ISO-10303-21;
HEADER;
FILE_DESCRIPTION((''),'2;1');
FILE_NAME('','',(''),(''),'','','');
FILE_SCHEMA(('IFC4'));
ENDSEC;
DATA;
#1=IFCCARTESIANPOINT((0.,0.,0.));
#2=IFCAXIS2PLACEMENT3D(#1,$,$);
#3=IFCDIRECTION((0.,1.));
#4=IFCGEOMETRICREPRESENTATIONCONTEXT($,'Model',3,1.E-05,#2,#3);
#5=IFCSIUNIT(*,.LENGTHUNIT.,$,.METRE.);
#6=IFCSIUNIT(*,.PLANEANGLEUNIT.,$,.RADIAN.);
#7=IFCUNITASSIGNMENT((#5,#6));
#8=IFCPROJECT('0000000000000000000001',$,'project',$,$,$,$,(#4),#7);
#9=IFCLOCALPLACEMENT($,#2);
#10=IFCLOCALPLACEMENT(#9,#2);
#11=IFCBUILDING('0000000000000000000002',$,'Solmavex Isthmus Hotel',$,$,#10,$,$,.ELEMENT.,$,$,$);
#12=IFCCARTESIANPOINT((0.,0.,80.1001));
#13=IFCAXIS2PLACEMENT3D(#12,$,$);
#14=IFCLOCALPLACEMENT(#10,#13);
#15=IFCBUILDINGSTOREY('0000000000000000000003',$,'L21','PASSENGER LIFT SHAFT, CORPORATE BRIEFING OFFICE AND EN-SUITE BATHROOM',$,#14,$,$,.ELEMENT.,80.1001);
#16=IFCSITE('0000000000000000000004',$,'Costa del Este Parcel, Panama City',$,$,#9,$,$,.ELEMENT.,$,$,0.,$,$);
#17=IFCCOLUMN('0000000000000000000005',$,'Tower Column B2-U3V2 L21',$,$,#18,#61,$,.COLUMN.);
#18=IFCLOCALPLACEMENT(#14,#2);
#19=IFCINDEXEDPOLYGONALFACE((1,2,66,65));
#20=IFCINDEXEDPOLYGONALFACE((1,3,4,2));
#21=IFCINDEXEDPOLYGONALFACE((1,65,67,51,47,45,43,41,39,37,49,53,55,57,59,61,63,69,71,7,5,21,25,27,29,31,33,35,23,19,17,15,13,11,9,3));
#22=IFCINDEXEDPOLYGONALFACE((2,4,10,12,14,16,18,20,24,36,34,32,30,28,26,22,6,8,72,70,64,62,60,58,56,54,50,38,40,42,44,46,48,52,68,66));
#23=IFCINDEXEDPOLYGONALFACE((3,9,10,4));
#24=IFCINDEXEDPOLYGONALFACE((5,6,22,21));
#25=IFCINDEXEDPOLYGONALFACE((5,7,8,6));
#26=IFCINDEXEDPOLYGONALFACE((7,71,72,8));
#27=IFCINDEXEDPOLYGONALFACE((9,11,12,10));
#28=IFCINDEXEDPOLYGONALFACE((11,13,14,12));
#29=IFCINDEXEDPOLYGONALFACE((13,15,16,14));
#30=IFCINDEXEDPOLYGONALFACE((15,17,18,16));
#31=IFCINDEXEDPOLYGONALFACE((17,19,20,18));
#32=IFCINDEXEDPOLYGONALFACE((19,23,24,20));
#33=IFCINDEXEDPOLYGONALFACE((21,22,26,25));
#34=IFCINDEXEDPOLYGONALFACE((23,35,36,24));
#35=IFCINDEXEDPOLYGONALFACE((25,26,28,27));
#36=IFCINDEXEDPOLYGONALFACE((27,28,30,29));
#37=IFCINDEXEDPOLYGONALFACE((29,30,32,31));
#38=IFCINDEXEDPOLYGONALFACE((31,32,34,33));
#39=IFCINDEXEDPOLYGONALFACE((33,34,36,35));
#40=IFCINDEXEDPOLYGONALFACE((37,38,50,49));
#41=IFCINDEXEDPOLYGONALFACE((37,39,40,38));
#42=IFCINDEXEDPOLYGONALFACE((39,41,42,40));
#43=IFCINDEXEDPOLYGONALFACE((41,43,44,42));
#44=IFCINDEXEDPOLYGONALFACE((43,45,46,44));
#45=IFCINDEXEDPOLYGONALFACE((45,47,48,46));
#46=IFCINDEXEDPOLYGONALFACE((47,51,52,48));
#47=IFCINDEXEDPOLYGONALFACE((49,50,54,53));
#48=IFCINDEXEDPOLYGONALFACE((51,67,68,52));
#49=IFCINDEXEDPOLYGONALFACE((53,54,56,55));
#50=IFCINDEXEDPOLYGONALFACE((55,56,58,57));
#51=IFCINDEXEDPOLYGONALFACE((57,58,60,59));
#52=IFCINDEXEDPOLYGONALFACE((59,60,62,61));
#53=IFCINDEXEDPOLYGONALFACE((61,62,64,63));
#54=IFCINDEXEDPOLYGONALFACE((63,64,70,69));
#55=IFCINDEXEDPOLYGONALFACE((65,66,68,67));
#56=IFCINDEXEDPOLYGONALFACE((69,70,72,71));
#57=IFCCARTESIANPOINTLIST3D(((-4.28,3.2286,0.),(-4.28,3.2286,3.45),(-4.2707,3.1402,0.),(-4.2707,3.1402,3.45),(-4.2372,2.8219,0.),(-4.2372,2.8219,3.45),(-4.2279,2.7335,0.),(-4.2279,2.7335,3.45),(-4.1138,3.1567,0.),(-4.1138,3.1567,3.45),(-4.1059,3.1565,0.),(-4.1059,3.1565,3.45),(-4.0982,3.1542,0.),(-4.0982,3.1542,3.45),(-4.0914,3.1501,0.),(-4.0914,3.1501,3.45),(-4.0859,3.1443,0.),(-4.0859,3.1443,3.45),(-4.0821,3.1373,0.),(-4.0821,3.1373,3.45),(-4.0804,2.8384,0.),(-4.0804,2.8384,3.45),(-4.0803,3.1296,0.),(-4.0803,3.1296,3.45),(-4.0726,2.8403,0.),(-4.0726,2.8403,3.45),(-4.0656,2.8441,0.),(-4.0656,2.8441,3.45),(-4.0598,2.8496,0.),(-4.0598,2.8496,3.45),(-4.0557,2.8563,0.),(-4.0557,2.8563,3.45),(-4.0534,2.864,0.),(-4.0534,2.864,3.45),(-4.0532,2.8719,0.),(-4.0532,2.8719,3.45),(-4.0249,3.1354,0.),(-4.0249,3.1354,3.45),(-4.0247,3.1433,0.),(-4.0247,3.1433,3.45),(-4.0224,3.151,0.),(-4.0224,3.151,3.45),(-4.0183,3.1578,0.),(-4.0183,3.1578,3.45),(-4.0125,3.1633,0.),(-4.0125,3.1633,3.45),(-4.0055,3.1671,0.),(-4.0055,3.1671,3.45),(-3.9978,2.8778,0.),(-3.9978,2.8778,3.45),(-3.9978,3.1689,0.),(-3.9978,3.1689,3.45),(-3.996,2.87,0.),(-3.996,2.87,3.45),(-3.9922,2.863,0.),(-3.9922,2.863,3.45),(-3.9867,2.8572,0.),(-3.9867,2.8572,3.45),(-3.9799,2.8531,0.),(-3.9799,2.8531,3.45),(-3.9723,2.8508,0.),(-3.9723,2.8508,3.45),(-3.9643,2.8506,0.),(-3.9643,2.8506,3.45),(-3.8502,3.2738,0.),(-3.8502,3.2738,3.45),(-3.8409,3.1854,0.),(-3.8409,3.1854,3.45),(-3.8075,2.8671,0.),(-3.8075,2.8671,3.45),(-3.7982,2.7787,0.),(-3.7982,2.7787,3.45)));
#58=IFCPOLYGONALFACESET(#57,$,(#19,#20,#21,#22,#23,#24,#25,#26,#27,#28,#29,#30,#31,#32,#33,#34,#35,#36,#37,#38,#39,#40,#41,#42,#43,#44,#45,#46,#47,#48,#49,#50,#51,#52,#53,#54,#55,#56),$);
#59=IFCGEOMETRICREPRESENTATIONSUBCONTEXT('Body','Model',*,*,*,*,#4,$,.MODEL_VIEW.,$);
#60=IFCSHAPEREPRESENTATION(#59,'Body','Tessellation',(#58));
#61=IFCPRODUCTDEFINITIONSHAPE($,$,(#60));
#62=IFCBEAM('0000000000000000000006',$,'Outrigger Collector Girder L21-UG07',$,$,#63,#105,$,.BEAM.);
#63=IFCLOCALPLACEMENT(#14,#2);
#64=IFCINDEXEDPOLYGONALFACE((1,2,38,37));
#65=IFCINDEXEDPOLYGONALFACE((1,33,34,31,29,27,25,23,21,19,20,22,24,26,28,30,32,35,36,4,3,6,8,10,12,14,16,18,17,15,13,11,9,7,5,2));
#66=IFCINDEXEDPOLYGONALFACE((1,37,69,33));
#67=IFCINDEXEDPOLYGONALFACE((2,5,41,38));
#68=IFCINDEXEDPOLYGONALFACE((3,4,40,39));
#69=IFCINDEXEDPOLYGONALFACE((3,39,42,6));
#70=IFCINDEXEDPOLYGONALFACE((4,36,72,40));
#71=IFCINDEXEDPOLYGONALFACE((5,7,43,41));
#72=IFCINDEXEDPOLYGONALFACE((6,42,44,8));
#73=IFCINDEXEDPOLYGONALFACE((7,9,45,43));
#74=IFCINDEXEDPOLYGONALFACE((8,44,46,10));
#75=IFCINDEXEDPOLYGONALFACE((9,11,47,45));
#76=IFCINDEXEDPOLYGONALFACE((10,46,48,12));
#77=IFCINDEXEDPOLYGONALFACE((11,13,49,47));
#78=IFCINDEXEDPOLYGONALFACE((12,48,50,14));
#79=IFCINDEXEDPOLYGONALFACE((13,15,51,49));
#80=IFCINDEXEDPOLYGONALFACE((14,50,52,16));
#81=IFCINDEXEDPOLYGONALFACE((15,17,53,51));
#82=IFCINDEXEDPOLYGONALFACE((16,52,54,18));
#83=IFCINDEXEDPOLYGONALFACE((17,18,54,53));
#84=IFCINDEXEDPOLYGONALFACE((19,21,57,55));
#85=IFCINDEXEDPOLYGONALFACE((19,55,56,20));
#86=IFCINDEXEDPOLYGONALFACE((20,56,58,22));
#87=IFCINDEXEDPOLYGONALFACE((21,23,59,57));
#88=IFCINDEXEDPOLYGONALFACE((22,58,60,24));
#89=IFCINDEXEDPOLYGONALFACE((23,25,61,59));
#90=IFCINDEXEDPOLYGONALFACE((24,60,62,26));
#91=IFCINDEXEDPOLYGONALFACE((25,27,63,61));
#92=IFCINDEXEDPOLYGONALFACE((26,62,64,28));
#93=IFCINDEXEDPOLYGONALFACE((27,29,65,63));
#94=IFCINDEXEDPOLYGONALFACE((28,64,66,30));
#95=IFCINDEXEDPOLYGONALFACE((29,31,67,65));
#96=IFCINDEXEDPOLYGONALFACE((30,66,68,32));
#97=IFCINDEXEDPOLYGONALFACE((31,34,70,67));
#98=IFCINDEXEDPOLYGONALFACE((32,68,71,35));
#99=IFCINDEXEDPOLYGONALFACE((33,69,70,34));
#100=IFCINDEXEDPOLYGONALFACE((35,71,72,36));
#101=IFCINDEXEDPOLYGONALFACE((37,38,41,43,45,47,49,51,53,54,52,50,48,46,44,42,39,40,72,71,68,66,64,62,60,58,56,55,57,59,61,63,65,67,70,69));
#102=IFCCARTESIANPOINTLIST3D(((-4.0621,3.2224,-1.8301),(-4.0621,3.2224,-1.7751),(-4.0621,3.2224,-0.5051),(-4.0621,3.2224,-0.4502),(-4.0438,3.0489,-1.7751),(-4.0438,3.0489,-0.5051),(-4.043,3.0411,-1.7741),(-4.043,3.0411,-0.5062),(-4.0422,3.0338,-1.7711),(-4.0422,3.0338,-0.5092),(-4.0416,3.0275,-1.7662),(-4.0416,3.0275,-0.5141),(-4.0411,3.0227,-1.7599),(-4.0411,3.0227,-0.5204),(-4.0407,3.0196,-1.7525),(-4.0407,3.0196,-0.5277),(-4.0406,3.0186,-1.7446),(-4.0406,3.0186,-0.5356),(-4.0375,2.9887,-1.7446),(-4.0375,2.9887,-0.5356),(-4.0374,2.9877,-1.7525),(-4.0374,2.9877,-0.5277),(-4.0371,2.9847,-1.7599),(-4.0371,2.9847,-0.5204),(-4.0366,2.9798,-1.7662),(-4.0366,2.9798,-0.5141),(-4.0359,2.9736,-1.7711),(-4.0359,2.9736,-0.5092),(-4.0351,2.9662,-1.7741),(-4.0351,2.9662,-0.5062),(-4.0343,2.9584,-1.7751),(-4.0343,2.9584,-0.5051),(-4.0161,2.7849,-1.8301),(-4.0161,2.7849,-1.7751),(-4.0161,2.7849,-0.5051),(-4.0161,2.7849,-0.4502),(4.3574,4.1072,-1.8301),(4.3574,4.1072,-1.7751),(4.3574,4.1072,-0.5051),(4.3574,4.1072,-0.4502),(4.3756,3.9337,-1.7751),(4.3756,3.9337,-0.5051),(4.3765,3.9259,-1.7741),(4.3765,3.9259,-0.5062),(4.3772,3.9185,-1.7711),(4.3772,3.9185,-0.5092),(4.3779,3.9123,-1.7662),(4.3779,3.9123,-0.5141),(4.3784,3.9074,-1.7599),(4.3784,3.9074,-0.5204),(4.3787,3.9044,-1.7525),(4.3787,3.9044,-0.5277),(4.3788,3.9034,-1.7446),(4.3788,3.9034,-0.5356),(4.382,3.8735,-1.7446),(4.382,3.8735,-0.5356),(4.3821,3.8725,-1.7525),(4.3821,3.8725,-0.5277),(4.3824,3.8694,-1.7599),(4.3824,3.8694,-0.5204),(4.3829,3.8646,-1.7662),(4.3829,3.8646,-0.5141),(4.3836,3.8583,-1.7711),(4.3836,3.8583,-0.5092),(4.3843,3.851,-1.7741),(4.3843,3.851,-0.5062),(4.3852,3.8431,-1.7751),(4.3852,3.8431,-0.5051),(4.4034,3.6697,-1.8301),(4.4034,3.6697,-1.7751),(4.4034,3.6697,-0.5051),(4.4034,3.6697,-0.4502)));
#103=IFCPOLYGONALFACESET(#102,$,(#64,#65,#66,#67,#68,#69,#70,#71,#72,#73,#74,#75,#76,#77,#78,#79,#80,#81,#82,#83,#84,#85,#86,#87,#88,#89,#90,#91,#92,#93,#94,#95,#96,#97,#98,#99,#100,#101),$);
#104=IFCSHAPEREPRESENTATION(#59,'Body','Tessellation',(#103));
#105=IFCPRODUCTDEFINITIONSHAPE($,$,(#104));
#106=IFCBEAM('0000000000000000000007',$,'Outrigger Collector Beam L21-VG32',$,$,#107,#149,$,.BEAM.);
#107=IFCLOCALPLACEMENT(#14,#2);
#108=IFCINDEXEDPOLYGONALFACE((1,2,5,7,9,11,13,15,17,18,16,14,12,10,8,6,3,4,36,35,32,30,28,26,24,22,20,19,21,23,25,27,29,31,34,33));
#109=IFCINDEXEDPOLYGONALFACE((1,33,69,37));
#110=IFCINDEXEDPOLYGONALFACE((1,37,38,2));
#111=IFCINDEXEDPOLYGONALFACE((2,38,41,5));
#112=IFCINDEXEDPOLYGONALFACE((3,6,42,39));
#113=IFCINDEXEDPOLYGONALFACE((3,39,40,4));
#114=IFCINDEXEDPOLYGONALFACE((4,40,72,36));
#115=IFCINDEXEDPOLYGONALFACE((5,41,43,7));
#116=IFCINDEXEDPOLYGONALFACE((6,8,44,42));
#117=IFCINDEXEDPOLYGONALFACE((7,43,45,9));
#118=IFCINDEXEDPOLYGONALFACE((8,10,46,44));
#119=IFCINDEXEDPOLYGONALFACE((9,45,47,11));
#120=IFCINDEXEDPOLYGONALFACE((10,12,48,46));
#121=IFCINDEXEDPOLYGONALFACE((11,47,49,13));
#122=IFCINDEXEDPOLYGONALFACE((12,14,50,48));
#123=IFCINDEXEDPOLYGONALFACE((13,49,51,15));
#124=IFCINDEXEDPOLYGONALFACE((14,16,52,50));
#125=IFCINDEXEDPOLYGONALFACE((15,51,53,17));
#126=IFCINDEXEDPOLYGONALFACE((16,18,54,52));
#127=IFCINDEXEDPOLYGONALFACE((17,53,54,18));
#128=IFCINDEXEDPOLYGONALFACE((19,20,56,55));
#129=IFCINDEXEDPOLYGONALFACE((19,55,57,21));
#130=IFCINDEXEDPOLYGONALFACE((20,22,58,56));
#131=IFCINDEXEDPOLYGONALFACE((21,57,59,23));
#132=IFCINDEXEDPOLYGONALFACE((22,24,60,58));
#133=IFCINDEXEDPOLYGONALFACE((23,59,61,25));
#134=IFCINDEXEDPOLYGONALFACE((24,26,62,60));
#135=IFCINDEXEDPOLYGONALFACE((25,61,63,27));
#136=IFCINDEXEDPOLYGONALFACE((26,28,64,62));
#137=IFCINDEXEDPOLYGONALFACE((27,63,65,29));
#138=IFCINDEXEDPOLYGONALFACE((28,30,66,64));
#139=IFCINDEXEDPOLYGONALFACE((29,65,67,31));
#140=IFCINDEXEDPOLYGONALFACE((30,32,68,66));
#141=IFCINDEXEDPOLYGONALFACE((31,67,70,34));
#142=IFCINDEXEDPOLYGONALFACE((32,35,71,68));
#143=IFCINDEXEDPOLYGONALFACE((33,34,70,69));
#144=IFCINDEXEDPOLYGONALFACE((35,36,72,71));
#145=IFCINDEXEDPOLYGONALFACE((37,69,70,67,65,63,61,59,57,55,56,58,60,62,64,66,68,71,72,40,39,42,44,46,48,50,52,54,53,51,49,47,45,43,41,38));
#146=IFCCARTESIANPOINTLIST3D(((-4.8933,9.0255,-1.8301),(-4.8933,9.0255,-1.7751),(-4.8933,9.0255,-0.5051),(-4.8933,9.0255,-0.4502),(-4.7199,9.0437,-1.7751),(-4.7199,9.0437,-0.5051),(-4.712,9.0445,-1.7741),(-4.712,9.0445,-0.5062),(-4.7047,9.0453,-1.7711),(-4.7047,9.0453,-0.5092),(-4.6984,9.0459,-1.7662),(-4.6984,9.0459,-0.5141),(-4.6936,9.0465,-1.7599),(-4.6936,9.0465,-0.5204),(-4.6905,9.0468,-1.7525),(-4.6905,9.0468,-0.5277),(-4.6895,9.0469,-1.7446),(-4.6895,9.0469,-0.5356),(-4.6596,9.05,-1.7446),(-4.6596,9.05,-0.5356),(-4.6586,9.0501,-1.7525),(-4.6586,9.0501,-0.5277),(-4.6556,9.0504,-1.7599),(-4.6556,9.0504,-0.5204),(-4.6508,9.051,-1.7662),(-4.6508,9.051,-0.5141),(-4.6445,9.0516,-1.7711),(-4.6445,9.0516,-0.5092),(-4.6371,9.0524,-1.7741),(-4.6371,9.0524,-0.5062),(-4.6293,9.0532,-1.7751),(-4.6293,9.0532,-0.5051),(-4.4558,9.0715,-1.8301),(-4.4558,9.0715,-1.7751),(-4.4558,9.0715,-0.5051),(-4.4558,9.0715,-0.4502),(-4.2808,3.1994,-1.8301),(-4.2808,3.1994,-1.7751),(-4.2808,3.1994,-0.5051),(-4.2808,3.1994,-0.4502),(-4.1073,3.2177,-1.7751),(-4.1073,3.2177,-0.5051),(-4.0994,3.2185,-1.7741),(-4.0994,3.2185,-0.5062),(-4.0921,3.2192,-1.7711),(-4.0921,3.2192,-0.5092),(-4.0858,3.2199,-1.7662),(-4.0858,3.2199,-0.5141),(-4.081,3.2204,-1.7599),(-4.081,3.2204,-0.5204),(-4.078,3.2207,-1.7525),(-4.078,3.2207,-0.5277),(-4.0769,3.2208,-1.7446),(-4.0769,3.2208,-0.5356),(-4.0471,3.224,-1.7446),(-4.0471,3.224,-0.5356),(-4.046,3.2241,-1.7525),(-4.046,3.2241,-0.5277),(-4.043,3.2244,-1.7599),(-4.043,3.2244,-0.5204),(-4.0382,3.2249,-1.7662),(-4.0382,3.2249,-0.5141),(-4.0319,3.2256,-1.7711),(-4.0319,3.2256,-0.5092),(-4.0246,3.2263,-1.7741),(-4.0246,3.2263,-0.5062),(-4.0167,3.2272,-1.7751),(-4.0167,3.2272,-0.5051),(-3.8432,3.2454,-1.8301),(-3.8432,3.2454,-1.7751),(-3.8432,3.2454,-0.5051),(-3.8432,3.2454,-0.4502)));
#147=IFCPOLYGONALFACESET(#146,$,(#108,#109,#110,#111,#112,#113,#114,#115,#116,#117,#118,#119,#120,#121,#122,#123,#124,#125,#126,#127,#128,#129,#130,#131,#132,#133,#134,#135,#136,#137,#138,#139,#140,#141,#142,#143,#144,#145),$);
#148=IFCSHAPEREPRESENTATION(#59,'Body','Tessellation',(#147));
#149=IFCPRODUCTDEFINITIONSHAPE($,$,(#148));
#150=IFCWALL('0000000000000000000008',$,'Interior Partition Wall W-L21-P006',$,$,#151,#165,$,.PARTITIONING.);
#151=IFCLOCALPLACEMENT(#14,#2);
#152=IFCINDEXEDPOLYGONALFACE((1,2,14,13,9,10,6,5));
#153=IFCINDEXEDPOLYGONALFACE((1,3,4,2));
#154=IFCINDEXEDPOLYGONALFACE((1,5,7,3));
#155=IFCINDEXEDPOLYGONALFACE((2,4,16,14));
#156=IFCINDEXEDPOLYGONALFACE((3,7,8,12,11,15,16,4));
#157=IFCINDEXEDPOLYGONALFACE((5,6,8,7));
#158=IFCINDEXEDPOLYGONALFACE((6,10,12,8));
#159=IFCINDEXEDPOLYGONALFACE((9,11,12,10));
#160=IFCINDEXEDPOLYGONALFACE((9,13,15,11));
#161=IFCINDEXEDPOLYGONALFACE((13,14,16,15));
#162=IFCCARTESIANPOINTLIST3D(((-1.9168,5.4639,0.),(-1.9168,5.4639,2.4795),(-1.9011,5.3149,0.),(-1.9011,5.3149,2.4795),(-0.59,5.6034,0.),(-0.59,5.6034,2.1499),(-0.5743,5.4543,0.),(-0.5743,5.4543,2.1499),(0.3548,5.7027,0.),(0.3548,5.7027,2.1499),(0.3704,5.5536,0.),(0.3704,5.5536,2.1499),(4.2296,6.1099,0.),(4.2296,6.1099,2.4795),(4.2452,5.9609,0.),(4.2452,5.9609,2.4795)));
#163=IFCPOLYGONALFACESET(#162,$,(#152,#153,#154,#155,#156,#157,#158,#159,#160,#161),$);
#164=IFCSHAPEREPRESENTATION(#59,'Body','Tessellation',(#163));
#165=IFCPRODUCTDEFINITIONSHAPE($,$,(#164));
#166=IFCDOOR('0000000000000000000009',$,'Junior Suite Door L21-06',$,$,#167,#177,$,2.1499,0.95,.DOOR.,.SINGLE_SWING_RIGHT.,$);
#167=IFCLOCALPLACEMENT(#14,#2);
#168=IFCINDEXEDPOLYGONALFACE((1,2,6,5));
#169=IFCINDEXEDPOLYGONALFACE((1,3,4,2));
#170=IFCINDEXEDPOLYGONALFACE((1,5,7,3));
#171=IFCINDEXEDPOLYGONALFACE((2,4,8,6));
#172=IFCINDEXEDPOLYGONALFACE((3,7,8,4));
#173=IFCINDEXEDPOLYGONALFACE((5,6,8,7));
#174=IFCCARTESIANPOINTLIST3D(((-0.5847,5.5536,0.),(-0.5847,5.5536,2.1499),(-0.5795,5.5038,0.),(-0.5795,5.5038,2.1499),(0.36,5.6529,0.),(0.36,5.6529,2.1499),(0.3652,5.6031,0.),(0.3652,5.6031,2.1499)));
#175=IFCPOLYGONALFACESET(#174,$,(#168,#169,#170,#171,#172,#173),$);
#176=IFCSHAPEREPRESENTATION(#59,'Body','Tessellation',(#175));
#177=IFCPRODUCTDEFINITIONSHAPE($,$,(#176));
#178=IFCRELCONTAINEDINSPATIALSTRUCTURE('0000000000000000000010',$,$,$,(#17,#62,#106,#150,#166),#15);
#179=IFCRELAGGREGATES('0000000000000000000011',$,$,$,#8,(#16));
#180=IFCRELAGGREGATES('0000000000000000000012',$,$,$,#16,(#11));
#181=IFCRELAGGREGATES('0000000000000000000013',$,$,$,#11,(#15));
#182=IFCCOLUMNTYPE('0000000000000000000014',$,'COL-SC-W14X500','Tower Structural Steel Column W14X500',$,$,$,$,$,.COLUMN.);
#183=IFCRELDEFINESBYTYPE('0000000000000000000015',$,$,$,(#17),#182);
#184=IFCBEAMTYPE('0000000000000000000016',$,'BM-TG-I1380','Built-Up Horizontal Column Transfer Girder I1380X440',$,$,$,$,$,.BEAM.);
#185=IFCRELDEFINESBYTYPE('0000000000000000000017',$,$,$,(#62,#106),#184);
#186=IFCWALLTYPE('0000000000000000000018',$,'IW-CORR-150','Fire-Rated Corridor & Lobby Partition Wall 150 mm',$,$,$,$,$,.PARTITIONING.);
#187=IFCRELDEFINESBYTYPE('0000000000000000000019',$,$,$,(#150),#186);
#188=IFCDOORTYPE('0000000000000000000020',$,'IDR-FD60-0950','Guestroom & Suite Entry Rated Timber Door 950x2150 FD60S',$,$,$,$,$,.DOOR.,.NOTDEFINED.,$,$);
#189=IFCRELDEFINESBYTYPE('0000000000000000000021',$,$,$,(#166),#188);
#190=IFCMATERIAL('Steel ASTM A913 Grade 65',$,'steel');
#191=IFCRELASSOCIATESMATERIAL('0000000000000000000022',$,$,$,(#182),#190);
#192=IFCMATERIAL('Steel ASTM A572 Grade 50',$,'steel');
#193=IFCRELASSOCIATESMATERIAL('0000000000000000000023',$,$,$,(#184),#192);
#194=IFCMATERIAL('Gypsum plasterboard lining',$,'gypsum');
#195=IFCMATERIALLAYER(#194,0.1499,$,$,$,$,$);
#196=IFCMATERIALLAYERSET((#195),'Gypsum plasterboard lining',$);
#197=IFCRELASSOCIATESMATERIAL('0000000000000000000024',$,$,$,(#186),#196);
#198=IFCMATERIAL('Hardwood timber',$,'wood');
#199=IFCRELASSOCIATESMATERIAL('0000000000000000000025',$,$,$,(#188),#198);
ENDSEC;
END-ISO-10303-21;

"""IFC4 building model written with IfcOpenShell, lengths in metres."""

from ifc_helpers import new_model, si_unit, direction, frame, frame_2d, origin, origin_2d, place, context, subcontext, project, spatial, rectangle, i_section, extrude, material, layer, layer_set, material_profile, profile_set, type_object, element, fill, save


model = new_model("IFC4")

# Units and contexts
model_context = context("Model", 3, precision=1e-05, world=origin(), true_north=direction((0.0, 1.0)))
body_context = subcontext(model_context, "Body", "Model", "MODEL_VIEW")
ifc_project = project(units=[si_unit("LENGTHUNIT", "METRE"), si_unit("PLANEANGLEUNIT", "RADIAN")], contexts=[model_context])

# Site, building, storey
site_placement = place(None, origin())
site = spatial("IfcSite", under=ifc_project, at=site_placement, Name="Costa del Este Parcel, Panama City", CompositionType="ELEMENT", RefElevation=0.0)
building_placement = place(site_placement, origin())
building = spatial("IfcBuilding", under=site, at=building_placement, Name="Solmavex Isthmus Hotel", CompositionType="ELEMENT")
storey_placement = place(building_placement, frame((0.0, 0.0, 80.1001)))
storey = spatial("IfcBuildingStorey", under=building, at=storey_placement, Name="L21", Description="PASSENGER LIFT SHAFT, CORPORATE BRIEFING OFFICE AND EN-SUITE BATHROOM", CompositionType="ELEMENT", Elevation=80.1001)

# Column
ifc_material_1 = material(Name="Steel ASTM A913 Grade 65", Category="steel")
ifc_material_profile_1 = material_profile(ifc_material_1, i_section(OverallWidth=0.4321, OverallDepth=0.4978, WebThickness=0.0557, FlangeThickness=0.0889, FilletRadius=0.0305, at=origin_2d()), Name="W14X500")
ifc_profile_set_1 = profile_set([ifc_material_profile_1], Name="Steel ASTM A913 Grade 65")
column_type = type_object("IfcColumnType", Name="COL-SC-W14X500", Description="Tower Structural Steel Column W14X500", PredefinedType="COLUMN", material=ifc_profile_set_1)
column_placement = place(storey_placement, frame((-4.0391, 3.0037, 0.0), z_axis=(0.0, 0.0, 1.0), x_axis=(0.994522, 0.104528, 0.0)))
element("IfcColumn", 1, at=column_placement, inside=storey, type_object=column_type, Name="Tower Column B2-U3V2 L21", PredefinedType="COLUMN", context=body_context, shape_type="SweptSolid", body=[
    extrude(i_section(OverallWidth=0.4321, OverallDepth=0.4978, WebThickness=0.0557, FlangeThickness=0.0889, FilletRadius=0.0305, at=origin_2d()), origin(), (0.0, 0.0, 1.0), 3.45),
])

# Beams
ifc_material_2 = material(Name="Steel ASTM A572 Grade 50", Category="steel")
ifc_material_profile_2 = material_profile(ifc_material_2, i_section(OverallWidth=0.4399, OverallDepth=1.3799, WebThickness=0.03, FlangeThickness=0.0549, FilletRadius=0.0305, at=origin_2d()), Name="I1380X440")
ifc_profile_set_2 = profile_set([ifc_material_profile_2], Name="Steel ASTM A572 Grade 50")
beam_type = type_object("IfcBeamType", Name="BM-TG-I1380", Description="Built-Up Horizontal Column Transfer Girder I1380X440", PredefinedType="BEAM", material=ifc_profile_set_2)
beam_1_placement = place(storey_placement, frame((-4.0391, 3.0037, -1.1401), z_axis=(0.994524, 0.104511, 0.0), x_axis=(-0.104511, 0.994524, 0.0)))
element("IfcBeam", 2, at=beam_1_placement, inside=storey, type_object=beam_type, Name="Outrigger Collector Girder L21-UG07", PredefinedType="BEAM", context=body_context, shape_type="SweptSolid", body=[
    extrude(i_section(OverallWidth=0.4399, OverallDepth=1.3799, WebThickness=0.03, FlangeThickness=0.0549, FilletRadius=0.0305, at=origin_2d()), origin(), (0.0, 0.0, 1.0), 8.4658),
])
beam_2_placement = place(storey_placement, frame((-4.062, 3.2224, -1.1401), z_axis=(-0.104565, 0.994518, 0.0), x_axis=(-0.994518, -0.104565, 0.0)))
element("IfcBeam", 3, at=beam_2_placement, inside=storey, type_object=beam_type, Name="Outrigger Collector Beam L21-VG32", PredefinedType="BEAM", context=body_context, shape_type="SweptSolid", body=[
    extrude(i_section(OverallWidth=0.4399, OverallDepth=1.3799, WebThickness=0.03, FlangeThickness=0.0549, FilletRadius=0.0305, at=origin_2d()), origin(), (0.0, 0.0, 1.0), 5.8582),
])

# Wall, opening, door
ifc_material_3 = material(Name="Gypsum plasterboard lining", Category="gypsum")
ifc_layer_1 = layer(ifc_material_3, 0.1499)
ifc_layer_set_1 = layer_set([ifc_layer_1], Name="Gypsum plasterboard lining")
wall_type_1 = type_object("IfcWallType", Name="IW-CORR-150", Description="Fire-Rated Corridor & Lobby Partition Wall 150 mm", PredefinedType="PARTITIONING", material=ifc_layer_set_1)
wall_1_placement = place(storey_placement, frame((-1.9089, 5.3894, 0.0), z_axis=(0.0, 0.0, 1.0), x_axis=(0.994522, 0.104528, 0.0)))
wall_1 = element("IfcWall", 4, at=wall_1_placement, inside=storey, type_object=wall_type_1, Name="Interior Partition Wall W-L21-P006", PredefinedType="PARTITIONING", context=body_context, shape_type="SweptSolid", body=[
    extrude(rectangle(XDim=6.1802, YDim=0.1499, at=frame_2d((3.0901, 0.0))), origin(), (0.0, 0.0, 1.0), 2.4795),
])
opening_1_placement = place(wall_1_placement, frame((1.334, 0.0, 0.0)))
opening_1 = element("IfcOpeningElement", 5, at=opening_1_placement, cuts=wall_1, PredefinedType="OPENING", context=body_context, shape_type="SweptSolid", body=[
    extrude(rectangle(XDim=0.95, YDim=2.1499, at=frame_2d((0.4751, 1.075))), frame((0.0, 0.085, 0.0), z_axis=(0.0, -1.0, 0.0), x_axis=(1.0, 0.0, 0.0)), (0.0, 0.0, 1.0), 0.1699),
])
ifc_material_4 = material(Name="Hardwood timber", Category="wood")
door_type_1 = type_object("IfcDoorType", Name="IDR-FD60-0950", Description="Guestroom & Suite Entry Rated Timber Door 950x2150 FD60S", OperationType="NOTDEFINED", PredefinedType="DOOR", material=ifc_material_4)
door_1_placement = place(opening_1_placement, origin())
door_1 = element("IfcDoor", 6, at=door_1_placement, inside=storey, type_object=door_type_1, Name="Junior Suite Door L21-06", OperationType="SINGLE_SWING_RIGHT", OverallHeight=2.1499, OverallWidth=0.95, PredefinedType="DOOR", context=body_context, shape_type="SweptSolid", body=[
    extrude(rectangle(XDim=0.95, YDim=2.1499, at=frame_2d((0.4751, 1.075))), frame((0.0, 0.0249, 0.0), z_axis=(0.0, -1.0, 0.0), x_axis=(1.0, 0.0, 0.0)), (0.0, 0.0, 1.0), 0.05),
])
fill(opening_1, door_1)

save(model, "model.ifc")
